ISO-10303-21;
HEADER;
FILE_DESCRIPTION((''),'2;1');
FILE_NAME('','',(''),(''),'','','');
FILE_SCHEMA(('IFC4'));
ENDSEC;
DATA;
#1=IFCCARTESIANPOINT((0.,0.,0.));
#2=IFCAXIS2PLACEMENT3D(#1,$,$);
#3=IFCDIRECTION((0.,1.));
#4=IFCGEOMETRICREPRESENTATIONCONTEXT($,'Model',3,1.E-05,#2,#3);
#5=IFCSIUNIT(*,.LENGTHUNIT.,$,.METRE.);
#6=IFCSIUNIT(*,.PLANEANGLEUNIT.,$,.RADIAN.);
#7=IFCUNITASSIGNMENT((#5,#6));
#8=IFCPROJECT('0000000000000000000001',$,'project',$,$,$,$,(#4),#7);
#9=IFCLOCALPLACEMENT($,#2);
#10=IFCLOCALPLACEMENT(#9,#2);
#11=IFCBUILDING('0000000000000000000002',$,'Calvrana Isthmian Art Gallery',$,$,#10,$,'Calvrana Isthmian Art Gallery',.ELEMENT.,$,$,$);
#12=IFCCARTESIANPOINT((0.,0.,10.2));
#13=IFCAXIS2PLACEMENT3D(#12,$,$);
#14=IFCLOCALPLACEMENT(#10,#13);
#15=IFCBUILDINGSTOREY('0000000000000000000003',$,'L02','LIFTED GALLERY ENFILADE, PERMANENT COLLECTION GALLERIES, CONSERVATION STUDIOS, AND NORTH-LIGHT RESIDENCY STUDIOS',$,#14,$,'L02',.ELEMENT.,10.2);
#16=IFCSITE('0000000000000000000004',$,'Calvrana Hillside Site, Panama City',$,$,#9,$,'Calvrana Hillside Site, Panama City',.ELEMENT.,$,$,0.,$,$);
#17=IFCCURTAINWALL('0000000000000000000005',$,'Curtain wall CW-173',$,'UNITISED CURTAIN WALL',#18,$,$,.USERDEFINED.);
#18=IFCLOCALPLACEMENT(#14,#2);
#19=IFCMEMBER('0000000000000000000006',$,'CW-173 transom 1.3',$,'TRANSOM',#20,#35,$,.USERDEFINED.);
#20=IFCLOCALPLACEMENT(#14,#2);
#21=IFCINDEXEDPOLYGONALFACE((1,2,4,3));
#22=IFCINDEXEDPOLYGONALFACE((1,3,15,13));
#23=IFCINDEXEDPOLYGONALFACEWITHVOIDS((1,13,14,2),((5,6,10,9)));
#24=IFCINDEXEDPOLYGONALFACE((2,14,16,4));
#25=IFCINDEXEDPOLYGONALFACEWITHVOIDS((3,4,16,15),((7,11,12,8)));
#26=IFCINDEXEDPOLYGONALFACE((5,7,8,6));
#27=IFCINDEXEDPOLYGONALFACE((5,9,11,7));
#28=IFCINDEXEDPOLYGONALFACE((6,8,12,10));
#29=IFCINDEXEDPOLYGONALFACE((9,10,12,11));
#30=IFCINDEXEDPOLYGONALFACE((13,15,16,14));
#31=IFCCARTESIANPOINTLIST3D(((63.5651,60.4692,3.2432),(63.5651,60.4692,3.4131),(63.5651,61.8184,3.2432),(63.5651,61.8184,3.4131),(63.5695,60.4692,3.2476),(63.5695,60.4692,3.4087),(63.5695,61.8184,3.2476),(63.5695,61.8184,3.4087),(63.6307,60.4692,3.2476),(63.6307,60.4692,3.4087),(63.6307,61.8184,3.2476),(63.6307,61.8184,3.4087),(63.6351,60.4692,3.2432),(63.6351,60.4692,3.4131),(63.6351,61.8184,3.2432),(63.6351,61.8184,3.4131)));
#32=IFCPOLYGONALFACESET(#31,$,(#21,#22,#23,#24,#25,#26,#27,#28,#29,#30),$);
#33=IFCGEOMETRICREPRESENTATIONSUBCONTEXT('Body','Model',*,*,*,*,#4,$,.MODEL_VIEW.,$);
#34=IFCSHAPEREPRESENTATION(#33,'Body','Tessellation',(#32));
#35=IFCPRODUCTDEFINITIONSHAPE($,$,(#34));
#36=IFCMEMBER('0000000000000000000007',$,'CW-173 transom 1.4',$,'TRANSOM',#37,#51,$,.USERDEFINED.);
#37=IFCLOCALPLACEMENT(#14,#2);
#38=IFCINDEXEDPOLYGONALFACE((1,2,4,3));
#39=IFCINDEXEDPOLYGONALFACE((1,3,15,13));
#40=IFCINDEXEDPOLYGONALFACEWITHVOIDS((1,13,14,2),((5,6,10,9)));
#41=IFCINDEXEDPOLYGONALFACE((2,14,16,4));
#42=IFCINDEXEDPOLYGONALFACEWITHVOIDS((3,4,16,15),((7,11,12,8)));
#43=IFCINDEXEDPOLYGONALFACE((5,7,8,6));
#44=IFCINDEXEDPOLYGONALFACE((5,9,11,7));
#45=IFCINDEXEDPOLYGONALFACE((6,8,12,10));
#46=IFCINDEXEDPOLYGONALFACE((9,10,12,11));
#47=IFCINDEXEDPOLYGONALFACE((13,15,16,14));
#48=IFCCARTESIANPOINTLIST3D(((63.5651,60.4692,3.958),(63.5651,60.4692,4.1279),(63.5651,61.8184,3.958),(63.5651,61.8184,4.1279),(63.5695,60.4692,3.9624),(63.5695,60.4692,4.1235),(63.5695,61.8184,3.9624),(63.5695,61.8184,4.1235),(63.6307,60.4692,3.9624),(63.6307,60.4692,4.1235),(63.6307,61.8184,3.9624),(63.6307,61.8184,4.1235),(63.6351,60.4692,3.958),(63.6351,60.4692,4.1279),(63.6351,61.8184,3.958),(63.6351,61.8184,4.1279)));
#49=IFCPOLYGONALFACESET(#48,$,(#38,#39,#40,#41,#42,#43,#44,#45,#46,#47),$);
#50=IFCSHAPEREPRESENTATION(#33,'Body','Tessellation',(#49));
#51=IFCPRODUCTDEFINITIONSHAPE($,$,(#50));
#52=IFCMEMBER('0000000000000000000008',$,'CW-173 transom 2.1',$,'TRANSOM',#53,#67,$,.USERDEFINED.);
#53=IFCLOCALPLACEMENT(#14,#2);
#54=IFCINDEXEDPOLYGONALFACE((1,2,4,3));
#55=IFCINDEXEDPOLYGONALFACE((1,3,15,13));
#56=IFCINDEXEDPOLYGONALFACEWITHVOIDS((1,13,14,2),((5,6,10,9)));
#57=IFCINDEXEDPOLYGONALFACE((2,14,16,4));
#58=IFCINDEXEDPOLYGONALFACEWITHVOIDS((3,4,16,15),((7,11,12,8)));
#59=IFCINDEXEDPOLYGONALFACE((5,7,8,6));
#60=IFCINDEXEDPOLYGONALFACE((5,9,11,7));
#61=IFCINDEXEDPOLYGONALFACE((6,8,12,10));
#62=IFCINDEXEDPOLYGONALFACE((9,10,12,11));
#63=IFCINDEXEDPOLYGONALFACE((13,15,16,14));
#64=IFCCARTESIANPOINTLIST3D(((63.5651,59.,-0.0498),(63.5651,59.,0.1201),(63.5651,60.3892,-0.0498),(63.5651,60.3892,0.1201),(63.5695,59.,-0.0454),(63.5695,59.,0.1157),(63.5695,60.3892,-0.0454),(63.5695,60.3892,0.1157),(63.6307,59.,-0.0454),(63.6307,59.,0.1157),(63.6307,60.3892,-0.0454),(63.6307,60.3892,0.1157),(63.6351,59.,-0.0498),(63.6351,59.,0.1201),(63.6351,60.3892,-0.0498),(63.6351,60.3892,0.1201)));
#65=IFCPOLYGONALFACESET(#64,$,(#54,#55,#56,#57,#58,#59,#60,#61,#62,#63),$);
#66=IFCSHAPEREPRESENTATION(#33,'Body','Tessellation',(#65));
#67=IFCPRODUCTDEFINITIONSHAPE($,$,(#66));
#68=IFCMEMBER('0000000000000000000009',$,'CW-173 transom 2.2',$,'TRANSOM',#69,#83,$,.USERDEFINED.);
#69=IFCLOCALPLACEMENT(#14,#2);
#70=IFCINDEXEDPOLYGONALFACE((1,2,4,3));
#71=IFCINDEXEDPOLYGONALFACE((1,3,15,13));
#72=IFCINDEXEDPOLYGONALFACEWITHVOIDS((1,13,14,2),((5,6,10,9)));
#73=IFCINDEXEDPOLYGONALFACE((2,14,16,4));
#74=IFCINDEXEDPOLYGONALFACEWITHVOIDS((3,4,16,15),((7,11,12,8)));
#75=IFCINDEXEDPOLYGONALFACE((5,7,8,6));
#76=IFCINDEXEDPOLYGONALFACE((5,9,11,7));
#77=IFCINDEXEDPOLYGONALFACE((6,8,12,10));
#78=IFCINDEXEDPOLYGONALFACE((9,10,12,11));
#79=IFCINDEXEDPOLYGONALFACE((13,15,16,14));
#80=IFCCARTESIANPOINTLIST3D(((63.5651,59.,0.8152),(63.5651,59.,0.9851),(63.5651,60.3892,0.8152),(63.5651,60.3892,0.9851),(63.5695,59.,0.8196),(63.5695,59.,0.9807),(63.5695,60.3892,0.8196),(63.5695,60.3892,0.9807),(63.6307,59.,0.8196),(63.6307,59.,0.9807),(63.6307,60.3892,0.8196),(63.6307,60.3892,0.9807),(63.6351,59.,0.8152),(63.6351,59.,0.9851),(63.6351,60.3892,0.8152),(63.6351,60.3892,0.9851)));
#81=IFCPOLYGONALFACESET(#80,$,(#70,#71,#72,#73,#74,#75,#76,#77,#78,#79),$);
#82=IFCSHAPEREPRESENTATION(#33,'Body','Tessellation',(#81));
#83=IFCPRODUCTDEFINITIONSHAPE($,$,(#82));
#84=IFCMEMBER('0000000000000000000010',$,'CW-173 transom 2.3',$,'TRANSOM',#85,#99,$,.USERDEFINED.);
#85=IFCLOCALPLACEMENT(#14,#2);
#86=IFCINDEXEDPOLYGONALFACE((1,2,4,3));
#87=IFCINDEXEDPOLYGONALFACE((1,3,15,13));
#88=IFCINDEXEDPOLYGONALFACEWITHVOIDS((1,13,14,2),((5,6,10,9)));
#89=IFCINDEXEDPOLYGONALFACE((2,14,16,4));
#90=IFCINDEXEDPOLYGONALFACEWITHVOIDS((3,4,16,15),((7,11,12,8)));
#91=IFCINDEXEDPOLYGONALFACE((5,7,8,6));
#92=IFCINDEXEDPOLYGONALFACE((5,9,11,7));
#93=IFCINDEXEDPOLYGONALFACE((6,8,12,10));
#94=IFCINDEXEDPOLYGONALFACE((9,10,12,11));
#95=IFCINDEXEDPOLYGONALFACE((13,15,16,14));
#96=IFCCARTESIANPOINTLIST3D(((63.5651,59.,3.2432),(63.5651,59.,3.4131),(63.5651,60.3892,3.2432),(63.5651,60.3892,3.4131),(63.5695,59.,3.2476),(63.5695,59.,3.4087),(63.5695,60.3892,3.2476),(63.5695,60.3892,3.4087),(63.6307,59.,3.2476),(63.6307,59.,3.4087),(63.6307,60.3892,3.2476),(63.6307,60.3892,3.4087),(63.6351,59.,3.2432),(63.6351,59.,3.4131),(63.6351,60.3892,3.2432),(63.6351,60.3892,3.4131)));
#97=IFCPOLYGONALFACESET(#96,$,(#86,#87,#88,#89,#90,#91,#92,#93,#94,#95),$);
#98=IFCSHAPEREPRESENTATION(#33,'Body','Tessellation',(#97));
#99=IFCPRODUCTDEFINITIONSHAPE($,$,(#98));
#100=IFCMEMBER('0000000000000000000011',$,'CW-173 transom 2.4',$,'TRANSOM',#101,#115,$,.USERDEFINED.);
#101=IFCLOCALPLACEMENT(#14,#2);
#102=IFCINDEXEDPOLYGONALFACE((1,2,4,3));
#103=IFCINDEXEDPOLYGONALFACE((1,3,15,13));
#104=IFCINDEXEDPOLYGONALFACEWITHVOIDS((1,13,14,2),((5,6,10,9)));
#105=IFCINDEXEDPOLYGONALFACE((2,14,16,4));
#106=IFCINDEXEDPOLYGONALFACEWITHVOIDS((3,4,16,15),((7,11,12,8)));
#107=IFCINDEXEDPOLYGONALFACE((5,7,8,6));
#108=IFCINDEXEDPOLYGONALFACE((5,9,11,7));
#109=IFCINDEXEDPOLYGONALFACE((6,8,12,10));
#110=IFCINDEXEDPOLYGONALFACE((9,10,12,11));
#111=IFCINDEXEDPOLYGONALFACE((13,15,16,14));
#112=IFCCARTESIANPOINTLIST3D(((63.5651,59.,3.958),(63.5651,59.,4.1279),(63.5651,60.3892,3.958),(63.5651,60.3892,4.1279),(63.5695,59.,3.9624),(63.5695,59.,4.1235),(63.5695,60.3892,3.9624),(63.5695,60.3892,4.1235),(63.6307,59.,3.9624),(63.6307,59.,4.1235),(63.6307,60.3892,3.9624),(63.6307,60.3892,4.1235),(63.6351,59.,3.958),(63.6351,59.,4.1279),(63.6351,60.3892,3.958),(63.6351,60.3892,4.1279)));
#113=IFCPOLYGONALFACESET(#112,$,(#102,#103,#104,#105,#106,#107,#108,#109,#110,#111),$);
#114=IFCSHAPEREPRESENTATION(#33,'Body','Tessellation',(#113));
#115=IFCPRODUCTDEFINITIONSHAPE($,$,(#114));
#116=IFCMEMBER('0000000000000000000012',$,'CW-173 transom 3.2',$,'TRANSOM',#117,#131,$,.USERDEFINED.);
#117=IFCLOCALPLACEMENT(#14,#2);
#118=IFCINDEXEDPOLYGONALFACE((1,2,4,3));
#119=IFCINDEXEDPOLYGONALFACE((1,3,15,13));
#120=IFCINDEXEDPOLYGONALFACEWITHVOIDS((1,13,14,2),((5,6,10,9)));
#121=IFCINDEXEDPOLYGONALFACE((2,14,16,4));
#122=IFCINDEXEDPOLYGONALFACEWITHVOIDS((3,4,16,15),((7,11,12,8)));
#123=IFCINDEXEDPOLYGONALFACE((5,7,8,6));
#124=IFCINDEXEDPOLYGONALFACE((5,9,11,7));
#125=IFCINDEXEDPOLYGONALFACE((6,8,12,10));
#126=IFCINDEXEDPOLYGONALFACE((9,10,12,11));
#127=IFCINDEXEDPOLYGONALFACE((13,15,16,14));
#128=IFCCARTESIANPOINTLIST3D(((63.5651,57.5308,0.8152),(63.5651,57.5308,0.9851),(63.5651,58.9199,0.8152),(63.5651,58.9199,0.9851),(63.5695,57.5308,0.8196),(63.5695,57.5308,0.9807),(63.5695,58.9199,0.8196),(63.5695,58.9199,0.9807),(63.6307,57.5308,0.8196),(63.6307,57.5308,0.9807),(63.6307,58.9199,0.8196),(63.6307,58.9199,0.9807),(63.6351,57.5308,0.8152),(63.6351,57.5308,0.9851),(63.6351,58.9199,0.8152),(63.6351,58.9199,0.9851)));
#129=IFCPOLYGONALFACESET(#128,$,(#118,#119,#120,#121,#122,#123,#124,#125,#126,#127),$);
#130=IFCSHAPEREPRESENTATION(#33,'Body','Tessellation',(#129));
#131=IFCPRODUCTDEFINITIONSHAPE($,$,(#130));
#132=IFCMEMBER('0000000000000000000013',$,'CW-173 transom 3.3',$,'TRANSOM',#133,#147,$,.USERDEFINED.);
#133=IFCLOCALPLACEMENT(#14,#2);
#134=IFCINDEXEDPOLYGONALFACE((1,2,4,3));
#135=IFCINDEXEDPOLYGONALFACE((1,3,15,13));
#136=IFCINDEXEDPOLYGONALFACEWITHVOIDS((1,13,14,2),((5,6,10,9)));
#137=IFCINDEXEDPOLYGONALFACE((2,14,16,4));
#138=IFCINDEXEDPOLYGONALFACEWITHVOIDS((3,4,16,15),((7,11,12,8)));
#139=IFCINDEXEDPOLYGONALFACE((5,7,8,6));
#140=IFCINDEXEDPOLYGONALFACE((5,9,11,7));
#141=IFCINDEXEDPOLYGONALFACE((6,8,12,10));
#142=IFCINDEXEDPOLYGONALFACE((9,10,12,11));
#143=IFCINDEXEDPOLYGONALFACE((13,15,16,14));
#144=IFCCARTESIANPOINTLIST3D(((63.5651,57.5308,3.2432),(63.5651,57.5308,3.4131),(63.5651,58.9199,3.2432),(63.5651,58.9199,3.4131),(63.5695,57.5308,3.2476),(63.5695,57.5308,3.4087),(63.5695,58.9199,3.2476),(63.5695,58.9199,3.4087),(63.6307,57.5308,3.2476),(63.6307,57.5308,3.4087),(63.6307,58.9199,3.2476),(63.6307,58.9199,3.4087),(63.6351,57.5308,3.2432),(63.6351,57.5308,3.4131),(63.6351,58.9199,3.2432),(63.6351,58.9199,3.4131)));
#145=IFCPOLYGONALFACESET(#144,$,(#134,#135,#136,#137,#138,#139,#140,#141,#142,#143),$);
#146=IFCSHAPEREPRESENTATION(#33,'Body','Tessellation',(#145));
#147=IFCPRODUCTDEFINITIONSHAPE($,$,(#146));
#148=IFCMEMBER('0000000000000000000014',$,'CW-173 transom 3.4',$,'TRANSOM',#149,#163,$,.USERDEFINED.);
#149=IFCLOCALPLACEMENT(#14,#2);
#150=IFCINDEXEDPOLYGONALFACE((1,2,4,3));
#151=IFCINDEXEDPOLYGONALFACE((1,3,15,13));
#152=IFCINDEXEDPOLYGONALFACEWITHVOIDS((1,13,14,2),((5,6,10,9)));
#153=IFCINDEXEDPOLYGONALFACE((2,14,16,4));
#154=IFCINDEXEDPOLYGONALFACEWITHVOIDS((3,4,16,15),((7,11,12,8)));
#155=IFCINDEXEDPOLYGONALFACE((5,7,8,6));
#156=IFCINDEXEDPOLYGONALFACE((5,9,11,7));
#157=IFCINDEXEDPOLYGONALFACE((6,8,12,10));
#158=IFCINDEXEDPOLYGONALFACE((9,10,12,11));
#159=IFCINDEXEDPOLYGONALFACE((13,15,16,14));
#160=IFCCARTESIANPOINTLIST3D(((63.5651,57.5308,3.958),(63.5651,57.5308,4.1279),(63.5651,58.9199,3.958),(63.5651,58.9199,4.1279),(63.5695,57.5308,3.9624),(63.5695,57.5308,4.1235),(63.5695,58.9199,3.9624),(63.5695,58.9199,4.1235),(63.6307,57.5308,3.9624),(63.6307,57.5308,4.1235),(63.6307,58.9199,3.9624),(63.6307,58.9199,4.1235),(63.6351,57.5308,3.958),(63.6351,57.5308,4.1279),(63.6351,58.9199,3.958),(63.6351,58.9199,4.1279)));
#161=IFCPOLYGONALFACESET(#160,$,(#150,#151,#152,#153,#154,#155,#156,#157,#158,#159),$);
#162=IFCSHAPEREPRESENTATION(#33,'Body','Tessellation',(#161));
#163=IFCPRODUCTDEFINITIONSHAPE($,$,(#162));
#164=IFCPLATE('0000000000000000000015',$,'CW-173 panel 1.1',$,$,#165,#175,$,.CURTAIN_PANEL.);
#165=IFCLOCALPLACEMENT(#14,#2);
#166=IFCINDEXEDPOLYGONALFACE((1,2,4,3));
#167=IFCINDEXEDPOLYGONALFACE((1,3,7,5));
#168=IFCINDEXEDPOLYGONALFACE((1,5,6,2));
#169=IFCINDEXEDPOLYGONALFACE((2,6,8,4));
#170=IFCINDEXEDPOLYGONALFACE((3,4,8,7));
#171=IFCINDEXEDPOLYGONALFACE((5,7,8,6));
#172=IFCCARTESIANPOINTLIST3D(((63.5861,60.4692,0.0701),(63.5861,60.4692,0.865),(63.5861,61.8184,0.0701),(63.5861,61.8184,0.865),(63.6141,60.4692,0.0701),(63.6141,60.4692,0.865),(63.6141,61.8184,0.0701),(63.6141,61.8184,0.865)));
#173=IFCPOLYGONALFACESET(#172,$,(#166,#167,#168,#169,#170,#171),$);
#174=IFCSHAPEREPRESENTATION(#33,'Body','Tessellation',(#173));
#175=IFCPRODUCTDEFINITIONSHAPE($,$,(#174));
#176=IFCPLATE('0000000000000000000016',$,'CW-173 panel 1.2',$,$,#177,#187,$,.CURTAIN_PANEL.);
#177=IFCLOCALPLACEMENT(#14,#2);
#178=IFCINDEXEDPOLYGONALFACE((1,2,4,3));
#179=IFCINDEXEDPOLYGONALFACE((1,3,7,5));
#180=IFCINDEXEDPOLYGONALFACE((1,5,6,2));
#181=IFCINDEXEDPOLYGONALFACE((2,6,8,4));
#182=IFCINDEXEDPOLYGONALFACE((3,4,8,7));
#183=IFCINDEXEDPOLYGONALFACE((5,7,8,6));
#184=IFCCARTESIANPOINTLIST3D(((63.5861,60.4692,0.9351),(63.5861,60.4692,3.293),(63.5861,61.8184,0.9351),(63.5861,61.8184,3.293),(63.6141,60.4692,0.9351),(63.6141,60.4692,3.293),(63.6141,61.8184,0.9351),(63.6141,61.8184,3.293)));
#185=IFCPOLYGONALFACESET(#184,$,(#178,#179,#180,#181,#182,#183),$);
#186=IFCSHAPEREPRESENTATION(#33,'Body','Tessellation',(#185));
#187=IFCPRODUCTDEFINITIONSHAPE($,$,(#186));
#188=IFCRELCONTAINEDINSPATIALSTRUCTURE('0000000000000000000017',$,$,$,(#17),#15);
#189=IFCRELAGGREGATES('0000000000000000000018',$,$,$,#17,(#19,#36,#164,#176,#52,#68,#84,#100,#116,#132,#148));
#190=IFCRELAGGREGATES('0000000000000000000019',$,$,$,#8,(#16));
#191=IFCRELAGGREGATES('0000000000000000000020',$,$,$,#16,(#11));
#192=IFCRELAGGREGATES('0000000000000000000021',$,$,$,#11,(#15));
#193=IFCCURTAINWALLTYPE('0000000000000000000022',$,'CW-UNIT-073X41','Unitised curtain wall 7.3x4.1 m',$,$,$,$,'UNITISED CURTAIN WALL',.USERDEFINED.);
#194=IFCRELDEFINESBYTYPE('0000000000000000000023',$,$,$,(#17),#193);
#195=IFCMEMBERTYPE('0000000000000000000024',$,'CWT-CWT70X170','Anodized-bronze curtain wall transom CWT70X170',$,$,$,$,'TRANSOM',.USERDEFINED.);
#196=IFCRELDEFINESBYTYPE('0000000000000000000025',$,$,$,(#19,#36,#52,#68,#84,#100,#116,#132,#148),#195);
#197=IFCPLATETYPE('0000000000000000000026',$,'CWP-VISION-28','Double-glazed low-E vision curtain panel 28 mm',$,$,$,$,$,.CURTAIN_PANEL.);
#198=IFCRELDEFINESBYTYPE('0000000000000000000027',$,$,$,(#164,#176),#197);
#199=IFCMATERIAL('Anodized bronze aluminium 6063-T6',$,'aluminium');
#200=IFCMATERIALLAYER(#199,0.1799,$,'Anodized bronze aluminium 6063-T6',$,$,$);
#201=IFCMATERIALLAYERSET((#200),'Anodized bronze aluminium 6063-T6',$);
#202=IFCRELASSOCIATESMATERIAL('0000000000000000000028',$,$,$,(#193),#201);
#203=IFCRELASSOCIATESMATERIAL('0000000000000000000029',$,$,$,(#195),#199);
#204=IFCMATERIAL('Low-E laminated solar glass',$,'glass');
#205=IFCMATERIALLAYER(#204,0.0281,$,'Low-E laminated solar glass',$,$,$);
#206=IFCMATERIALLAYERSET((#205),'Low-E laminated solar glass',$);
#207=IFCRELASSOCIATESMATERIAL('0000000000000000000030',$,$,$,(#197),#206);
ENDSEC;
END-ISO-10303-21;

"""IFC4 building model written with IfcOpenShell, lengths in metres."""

from ifc_helpers import new_model, si_unit, direction, frame, origin, origin_2d, place, context, subcontext, project, spatial, rectangle, hollow_rectangle, extrude, material, layer, layer_set, material_profile, profile_set, type_object, element, aggregate, save


model = new_model("IFC4")

# Units and contexts
model_context = context("Model", 3, precision=1e-05, world=origin(), true_north=direction((0.0, 1.0)))
body_context = subcontext(model_context, "Body", "Model", "MODEL_VIEW")
ifc_project = project(units=[si_unit("LENGTHUNIT", "METRE"), si_unit("PLANEANGLEUNIT", "RADIAN")], contexts=[model_context])

# Site, building, storey
site_placement = place(None, origin())
site = spatial("IfcSite", under=ifc_project, at=site_placement, Name="Calvrana Hillside Site, Panama City", LongName="Calvrana Hillside Site, Panama City", CompositionType="ELEMENT", RefElevation=0.0)
building_placement = place(site_placement, origin())
building = spatial("IfcBuilding", under=site, at=building_placement, Name="Calvrana Isthmian Art Gallery", LongName="Calvrana Isthmian Art Gallery", CompositionType="ELEMENT")
storey_placement = place(building_placement, frame((0.0, 0.0, 10.2)))
storey = spatial("IfcBuildingStorey", under=building, at=storey_placement, Name="L02", Description="LIFTED GALLERY ENFILADE, PERMANENT COLLECTION GALLERIES, CONSERVATION STUDIOS, AND NORTH-LIGHT RESIDENCY STUDIOS", LongName="L02", CompositionType="ELEMENT", Elevation=10.2)

# Curtain wall, members, plates
ifc_material_1 = material(Name="Anodized bronze aluminium 6063-T6", Category="aluminium")
ifc_layer_1 = layer(ifc_material_1, 0.1799, Name="Anodized bronze aluminium 6063-T6")
ifc_layer_set_1 = layer_set([ifc_layer_1], Name="Anodized bronze aluminium 6063-T6")
curtain_wall_type = type_object("IfcCurtainWallType", Name="CW-UNIT-073X41", Description="Unitised curtain wall 7.3x4.1 m", ElementType="UNITISED CURTAIN WALL", PredefinedType="USERDEFINED", material=ifc_layer_set_1)
curtain_wall_placement = place(storey_placement, origin())
curtain_wall = element("IfcCurtainWall", 1, at=curtain_wall_placement, inside=storey, type_object=curtain_wall_type, Name="Curtain wall CW-173", ObjectType="UNITISED CURTAIN WALL", PredefinedType="USERDEFINED")
ifc_material_profile_1 = material_profile(ifc_material_1, hollow_rectangle(XDim=0.0701, YDim=0.1699, WallThickness=0.0044, at=origin_2d()), Name="CWT70X170")
ifc_profile_set_1 = profile_set([ifc_material_profile_1], Name="Anodized bronze aluminium 6063-T6")
member_type_1 = type_object("IfcMemberType", Name="CWT-CWT70X170", Description="Anodized-bronze curtain wall transom CWT70X170", ElementType="TRANSOM", PredefinedType="USERDEFINED", material=ifc_profile_set_1)
member_1_placement = place(storey_placement, frame((63.6001, 61.8184, 3.3281), z_axis=(0.0, -1.0, 0.0), x_axis=(1.0, 0.0, 0.0)))
member_1 = element("IfcMember", 2, at=member_1_placement, type_object=member_type_1, Name="CW-173 transom 1.3", ObjectType="TRANSOM", PredefinedType="USERDEFINED", context=body_context, shape_type="SweptSolid", body=[
    extrude(hollow_rectangle(XDim=0.0701, YDim=0.1699, WallThickness=0.0044, at=origin_2d()), origin(), (0.0, 0.0, 1.0), 1.3491),
])
member_2_placement = place(storey_placement, frame((63.6001, 61.8184, 4.043), z_axis=(0.0, -1.0, 0.0), x_axis=(1.0, 0.0, 0.0)))
member_2 = element("IfcMember", 3, at=member_2_placement, type_object=member_type_1, Name="CW-173 transom 1.4", ObjectType="TRANSOM", PredefinedType="USERDEFINED", context=body_context, shape_type="SweptSolid", body=[
    extrude(hollow_rectangle(XDim=0.0701, YDim=0.1699, WallThickness=0.0044, at=origin_2d()), origin(), (0.0, 0.0, 1.0), 1.3491),
])
member_3_placement = place(storey_placement, frame((63.6001, 60.3892, 0.0352), z_axis=(0.0, -1.0, 0.0), x_axis=(1.0, 0.0, 0.0)))
member_3 = element("IfcMember", 4, at=member_3_placement, type_object=member_type_1, Name="CW-173 transom 2.1", ObjectType="TRANSOM", PredefinedType="USERDEFINED", context=body_context, shape_type="SweptSolid", body=[
    extrude(hollow_rectangle(XDim=0.0701, YDim=0.1699, WallThickness=0.0044, at=origin_2d()), origin(), (0.0, 0.0, 1.0), 1.3892),
])
member_4_placement = place(storey_placement, frame((63.6001, 60.3892, 0.9001), z_axis=(0.0, -1.0, 0.0), x_axis=(1.0, 0.0, 0.0)))
member_4 = element("IfcMember", 5, at=member_4_placement, type_object=member_type_1, Name="CW-173 transom 2.2", ObjectType="TRANSOM", PredefinedType="USERDEFINED", context=body_context, shape_type="SweptSolid", body=[
    extrude(hollow_rectangle(XDim=0.0701, YDim=0.1699, WallThickness=0.0044, at=origin_2d()), origin(), (0.0, 0.0, 1.0), 1.3892),
])
member_5_placement = place(storey_placement, frame((63.6001, 60.3892, 3.3281), z_axis=(0.0, -1.0, 0.0), x_axis=(1.0, 0.0, 0.0)))
member_5 = element("IfcMember", 6, at=member_5_placement, type_object=member_type_1, Name="CW-173 transom 2.3", ObjectType="TRANSOM", PredefinedType="USERDEFINED", context=body_context, shape_type="SweptSolid", body=[
    extrude(hollow_rectangle(XDim=0.0701, YDim=0.1699, WallThickness=0.0044, at=origin_2d()), origin(), (0.0, 0.0, 1.0), 1.3892),
])
member_6_placement = place(storey_placement, frame((63.6001, 60.3892, 4.043), z_axis=(0.0, -1.0, 0.0), x_axis=(1.0, 0.0, 0.0)))
member_6 = element("IfcMember", 7, at=member_6_placement, type_object=member_type_1, Name="CW-173 transom 2.4", ObjectType="TRANSOM", PredefinedType="USERDEFINED", context=body_context, shape_type="SweptSolid", body=[
    extrude(hollow_rectangle(XDim=0.0701, YDim=0.1699, WallThickness=0.0044, at=origin_2d()), origin(), (0.0, 0.0, 1.0), 1.3892),
])
member_7_placement = place(storey_placement, frame((63.6001, 58.9199, 0.9001), z_axis=(0.0, -1.0, 0.0), x_axis=(1.0, 0.0, 0.0)))
member_7 = element("IfcMember", 8, at=member_7_placement, type_object=member_type_1, Name="CW-173 transom 3.2", ObjectType="TRANSOM", PredefinedType="USERDEFINED", context=body_context, shape_type="SweptSolid", body=[
    extrude(hollow_rectangle(XDim=0.0701, YDim=0.1699, WallThickness=0.0044, at=origin_2d()), origin(), (0.0, 0.0, 1.0), 1.3892),
])
member_8_placement = place(storey_placement, frame((63.6001, 58.9199, 3.3281), z_axis=(0.0, -1.0, 0.0), x_axis=(1.0, 0.0, 0.0)))
member_8 = element("IfcMember", 9, at=member_8_placement, type_object=member_type_1, Name="CW-173 transom 3.3", ObjectType="TRANSOM", PredefinedType="USERDEFINED", context=body_context, shape_type="SweptSolid", body=[
    extrude(hollow_rectangle(XDim=0.0701, YDim=0.1699, WallThickness=0.0044, at=origin_2d()), origin(), (0.0, 0.0, 1.0), 1.3892),
])
member_9_placement = place(storey_placement, frame((63.6001, 58.9199, 4.043), z_axis=(0.0, -1.0, 0.0), x_axis=(1.0, 0.0, 0.0)))
member_9 = element("IfcMember", 10, at=member_9_placement, type_object=member_type_1, Name="CW-173 transom 3.4", ObjectType="TRANSOM", PredefinedType="USERDEFINED", context=body_context, shape_type="SweptSolid", body=[
    extrude(hollow_rectangle(XDim=0.0701, YDim=0.1699, WallThickness=0.0044, at=origin_2d()), origin(), (0.0, 0.0, 1.0), 1.3892),
])
ifc_material_2 = material(Name="Low-E laminated solar glass", Category="glass")
ifc_layer_2 = layer(ifc_material_2, 0.0281, Name="Low-E laminated solar glass")
ifc_layer_set_2 = layer_set([ifc_layer_2], Name="Low-E laminated solar glass")
plate_type_1 = type_object("IfcPlateType", Name="CWP-VISION-28", Description="Double-glazed low-E vision curtain panel 28 mm", PredefinedType="CURTAIN_PANEL", material=ifc_layer_set_2)
plate_1_placement = place(storey_placement, frame((63.6001, 61.1438, 0.0701), z_axis=(0.0, 0.0, 1.0), x_axis=(0.0, -1.0, 0.0)))
plate_1 = element("IfcPlate", 11, at=plate_1_placement, type_object=plate_type_1, Name="CW-173 panel 1.1", PredefinedType="CURTAIN_PANEL", context=body_context, shape_type="SweptSolid", body=[
    extrude(rectangle(XDim=1.3491, YDim=0.0281, at=origin_2d()), origin(), (0.0, 0.0, 1.0), 0.7949),
])
plate_2_placement = place(storey_placement, frame((63.6001, 61.1438, 0.9351), z_axis=(0.0, 0.0, 1.0), x_axis=(0.0, -1.0, 0.0)))
plate_2 = element("IfcPlate", 12, at=plate_2_placement, type_object=plate_type_1, Name="CW-173 panel 1.2", PredefinedType="CURTAIN_PANEL", context=body_context, shape_type="SweptSolid", body=[
    extrude(rectangle(XDim=1.3491, YDim=0.0281, at=origin_2d()), origin(), (0.0, 0.0, 1.0), 2.3579),
])
aggregate(curtain_wall, [member_1, member_2, plate_1, plate_2, member_3, member_4, member_5, member_6, member_7, member_8, member_9])

save(model, "model.ifc")
